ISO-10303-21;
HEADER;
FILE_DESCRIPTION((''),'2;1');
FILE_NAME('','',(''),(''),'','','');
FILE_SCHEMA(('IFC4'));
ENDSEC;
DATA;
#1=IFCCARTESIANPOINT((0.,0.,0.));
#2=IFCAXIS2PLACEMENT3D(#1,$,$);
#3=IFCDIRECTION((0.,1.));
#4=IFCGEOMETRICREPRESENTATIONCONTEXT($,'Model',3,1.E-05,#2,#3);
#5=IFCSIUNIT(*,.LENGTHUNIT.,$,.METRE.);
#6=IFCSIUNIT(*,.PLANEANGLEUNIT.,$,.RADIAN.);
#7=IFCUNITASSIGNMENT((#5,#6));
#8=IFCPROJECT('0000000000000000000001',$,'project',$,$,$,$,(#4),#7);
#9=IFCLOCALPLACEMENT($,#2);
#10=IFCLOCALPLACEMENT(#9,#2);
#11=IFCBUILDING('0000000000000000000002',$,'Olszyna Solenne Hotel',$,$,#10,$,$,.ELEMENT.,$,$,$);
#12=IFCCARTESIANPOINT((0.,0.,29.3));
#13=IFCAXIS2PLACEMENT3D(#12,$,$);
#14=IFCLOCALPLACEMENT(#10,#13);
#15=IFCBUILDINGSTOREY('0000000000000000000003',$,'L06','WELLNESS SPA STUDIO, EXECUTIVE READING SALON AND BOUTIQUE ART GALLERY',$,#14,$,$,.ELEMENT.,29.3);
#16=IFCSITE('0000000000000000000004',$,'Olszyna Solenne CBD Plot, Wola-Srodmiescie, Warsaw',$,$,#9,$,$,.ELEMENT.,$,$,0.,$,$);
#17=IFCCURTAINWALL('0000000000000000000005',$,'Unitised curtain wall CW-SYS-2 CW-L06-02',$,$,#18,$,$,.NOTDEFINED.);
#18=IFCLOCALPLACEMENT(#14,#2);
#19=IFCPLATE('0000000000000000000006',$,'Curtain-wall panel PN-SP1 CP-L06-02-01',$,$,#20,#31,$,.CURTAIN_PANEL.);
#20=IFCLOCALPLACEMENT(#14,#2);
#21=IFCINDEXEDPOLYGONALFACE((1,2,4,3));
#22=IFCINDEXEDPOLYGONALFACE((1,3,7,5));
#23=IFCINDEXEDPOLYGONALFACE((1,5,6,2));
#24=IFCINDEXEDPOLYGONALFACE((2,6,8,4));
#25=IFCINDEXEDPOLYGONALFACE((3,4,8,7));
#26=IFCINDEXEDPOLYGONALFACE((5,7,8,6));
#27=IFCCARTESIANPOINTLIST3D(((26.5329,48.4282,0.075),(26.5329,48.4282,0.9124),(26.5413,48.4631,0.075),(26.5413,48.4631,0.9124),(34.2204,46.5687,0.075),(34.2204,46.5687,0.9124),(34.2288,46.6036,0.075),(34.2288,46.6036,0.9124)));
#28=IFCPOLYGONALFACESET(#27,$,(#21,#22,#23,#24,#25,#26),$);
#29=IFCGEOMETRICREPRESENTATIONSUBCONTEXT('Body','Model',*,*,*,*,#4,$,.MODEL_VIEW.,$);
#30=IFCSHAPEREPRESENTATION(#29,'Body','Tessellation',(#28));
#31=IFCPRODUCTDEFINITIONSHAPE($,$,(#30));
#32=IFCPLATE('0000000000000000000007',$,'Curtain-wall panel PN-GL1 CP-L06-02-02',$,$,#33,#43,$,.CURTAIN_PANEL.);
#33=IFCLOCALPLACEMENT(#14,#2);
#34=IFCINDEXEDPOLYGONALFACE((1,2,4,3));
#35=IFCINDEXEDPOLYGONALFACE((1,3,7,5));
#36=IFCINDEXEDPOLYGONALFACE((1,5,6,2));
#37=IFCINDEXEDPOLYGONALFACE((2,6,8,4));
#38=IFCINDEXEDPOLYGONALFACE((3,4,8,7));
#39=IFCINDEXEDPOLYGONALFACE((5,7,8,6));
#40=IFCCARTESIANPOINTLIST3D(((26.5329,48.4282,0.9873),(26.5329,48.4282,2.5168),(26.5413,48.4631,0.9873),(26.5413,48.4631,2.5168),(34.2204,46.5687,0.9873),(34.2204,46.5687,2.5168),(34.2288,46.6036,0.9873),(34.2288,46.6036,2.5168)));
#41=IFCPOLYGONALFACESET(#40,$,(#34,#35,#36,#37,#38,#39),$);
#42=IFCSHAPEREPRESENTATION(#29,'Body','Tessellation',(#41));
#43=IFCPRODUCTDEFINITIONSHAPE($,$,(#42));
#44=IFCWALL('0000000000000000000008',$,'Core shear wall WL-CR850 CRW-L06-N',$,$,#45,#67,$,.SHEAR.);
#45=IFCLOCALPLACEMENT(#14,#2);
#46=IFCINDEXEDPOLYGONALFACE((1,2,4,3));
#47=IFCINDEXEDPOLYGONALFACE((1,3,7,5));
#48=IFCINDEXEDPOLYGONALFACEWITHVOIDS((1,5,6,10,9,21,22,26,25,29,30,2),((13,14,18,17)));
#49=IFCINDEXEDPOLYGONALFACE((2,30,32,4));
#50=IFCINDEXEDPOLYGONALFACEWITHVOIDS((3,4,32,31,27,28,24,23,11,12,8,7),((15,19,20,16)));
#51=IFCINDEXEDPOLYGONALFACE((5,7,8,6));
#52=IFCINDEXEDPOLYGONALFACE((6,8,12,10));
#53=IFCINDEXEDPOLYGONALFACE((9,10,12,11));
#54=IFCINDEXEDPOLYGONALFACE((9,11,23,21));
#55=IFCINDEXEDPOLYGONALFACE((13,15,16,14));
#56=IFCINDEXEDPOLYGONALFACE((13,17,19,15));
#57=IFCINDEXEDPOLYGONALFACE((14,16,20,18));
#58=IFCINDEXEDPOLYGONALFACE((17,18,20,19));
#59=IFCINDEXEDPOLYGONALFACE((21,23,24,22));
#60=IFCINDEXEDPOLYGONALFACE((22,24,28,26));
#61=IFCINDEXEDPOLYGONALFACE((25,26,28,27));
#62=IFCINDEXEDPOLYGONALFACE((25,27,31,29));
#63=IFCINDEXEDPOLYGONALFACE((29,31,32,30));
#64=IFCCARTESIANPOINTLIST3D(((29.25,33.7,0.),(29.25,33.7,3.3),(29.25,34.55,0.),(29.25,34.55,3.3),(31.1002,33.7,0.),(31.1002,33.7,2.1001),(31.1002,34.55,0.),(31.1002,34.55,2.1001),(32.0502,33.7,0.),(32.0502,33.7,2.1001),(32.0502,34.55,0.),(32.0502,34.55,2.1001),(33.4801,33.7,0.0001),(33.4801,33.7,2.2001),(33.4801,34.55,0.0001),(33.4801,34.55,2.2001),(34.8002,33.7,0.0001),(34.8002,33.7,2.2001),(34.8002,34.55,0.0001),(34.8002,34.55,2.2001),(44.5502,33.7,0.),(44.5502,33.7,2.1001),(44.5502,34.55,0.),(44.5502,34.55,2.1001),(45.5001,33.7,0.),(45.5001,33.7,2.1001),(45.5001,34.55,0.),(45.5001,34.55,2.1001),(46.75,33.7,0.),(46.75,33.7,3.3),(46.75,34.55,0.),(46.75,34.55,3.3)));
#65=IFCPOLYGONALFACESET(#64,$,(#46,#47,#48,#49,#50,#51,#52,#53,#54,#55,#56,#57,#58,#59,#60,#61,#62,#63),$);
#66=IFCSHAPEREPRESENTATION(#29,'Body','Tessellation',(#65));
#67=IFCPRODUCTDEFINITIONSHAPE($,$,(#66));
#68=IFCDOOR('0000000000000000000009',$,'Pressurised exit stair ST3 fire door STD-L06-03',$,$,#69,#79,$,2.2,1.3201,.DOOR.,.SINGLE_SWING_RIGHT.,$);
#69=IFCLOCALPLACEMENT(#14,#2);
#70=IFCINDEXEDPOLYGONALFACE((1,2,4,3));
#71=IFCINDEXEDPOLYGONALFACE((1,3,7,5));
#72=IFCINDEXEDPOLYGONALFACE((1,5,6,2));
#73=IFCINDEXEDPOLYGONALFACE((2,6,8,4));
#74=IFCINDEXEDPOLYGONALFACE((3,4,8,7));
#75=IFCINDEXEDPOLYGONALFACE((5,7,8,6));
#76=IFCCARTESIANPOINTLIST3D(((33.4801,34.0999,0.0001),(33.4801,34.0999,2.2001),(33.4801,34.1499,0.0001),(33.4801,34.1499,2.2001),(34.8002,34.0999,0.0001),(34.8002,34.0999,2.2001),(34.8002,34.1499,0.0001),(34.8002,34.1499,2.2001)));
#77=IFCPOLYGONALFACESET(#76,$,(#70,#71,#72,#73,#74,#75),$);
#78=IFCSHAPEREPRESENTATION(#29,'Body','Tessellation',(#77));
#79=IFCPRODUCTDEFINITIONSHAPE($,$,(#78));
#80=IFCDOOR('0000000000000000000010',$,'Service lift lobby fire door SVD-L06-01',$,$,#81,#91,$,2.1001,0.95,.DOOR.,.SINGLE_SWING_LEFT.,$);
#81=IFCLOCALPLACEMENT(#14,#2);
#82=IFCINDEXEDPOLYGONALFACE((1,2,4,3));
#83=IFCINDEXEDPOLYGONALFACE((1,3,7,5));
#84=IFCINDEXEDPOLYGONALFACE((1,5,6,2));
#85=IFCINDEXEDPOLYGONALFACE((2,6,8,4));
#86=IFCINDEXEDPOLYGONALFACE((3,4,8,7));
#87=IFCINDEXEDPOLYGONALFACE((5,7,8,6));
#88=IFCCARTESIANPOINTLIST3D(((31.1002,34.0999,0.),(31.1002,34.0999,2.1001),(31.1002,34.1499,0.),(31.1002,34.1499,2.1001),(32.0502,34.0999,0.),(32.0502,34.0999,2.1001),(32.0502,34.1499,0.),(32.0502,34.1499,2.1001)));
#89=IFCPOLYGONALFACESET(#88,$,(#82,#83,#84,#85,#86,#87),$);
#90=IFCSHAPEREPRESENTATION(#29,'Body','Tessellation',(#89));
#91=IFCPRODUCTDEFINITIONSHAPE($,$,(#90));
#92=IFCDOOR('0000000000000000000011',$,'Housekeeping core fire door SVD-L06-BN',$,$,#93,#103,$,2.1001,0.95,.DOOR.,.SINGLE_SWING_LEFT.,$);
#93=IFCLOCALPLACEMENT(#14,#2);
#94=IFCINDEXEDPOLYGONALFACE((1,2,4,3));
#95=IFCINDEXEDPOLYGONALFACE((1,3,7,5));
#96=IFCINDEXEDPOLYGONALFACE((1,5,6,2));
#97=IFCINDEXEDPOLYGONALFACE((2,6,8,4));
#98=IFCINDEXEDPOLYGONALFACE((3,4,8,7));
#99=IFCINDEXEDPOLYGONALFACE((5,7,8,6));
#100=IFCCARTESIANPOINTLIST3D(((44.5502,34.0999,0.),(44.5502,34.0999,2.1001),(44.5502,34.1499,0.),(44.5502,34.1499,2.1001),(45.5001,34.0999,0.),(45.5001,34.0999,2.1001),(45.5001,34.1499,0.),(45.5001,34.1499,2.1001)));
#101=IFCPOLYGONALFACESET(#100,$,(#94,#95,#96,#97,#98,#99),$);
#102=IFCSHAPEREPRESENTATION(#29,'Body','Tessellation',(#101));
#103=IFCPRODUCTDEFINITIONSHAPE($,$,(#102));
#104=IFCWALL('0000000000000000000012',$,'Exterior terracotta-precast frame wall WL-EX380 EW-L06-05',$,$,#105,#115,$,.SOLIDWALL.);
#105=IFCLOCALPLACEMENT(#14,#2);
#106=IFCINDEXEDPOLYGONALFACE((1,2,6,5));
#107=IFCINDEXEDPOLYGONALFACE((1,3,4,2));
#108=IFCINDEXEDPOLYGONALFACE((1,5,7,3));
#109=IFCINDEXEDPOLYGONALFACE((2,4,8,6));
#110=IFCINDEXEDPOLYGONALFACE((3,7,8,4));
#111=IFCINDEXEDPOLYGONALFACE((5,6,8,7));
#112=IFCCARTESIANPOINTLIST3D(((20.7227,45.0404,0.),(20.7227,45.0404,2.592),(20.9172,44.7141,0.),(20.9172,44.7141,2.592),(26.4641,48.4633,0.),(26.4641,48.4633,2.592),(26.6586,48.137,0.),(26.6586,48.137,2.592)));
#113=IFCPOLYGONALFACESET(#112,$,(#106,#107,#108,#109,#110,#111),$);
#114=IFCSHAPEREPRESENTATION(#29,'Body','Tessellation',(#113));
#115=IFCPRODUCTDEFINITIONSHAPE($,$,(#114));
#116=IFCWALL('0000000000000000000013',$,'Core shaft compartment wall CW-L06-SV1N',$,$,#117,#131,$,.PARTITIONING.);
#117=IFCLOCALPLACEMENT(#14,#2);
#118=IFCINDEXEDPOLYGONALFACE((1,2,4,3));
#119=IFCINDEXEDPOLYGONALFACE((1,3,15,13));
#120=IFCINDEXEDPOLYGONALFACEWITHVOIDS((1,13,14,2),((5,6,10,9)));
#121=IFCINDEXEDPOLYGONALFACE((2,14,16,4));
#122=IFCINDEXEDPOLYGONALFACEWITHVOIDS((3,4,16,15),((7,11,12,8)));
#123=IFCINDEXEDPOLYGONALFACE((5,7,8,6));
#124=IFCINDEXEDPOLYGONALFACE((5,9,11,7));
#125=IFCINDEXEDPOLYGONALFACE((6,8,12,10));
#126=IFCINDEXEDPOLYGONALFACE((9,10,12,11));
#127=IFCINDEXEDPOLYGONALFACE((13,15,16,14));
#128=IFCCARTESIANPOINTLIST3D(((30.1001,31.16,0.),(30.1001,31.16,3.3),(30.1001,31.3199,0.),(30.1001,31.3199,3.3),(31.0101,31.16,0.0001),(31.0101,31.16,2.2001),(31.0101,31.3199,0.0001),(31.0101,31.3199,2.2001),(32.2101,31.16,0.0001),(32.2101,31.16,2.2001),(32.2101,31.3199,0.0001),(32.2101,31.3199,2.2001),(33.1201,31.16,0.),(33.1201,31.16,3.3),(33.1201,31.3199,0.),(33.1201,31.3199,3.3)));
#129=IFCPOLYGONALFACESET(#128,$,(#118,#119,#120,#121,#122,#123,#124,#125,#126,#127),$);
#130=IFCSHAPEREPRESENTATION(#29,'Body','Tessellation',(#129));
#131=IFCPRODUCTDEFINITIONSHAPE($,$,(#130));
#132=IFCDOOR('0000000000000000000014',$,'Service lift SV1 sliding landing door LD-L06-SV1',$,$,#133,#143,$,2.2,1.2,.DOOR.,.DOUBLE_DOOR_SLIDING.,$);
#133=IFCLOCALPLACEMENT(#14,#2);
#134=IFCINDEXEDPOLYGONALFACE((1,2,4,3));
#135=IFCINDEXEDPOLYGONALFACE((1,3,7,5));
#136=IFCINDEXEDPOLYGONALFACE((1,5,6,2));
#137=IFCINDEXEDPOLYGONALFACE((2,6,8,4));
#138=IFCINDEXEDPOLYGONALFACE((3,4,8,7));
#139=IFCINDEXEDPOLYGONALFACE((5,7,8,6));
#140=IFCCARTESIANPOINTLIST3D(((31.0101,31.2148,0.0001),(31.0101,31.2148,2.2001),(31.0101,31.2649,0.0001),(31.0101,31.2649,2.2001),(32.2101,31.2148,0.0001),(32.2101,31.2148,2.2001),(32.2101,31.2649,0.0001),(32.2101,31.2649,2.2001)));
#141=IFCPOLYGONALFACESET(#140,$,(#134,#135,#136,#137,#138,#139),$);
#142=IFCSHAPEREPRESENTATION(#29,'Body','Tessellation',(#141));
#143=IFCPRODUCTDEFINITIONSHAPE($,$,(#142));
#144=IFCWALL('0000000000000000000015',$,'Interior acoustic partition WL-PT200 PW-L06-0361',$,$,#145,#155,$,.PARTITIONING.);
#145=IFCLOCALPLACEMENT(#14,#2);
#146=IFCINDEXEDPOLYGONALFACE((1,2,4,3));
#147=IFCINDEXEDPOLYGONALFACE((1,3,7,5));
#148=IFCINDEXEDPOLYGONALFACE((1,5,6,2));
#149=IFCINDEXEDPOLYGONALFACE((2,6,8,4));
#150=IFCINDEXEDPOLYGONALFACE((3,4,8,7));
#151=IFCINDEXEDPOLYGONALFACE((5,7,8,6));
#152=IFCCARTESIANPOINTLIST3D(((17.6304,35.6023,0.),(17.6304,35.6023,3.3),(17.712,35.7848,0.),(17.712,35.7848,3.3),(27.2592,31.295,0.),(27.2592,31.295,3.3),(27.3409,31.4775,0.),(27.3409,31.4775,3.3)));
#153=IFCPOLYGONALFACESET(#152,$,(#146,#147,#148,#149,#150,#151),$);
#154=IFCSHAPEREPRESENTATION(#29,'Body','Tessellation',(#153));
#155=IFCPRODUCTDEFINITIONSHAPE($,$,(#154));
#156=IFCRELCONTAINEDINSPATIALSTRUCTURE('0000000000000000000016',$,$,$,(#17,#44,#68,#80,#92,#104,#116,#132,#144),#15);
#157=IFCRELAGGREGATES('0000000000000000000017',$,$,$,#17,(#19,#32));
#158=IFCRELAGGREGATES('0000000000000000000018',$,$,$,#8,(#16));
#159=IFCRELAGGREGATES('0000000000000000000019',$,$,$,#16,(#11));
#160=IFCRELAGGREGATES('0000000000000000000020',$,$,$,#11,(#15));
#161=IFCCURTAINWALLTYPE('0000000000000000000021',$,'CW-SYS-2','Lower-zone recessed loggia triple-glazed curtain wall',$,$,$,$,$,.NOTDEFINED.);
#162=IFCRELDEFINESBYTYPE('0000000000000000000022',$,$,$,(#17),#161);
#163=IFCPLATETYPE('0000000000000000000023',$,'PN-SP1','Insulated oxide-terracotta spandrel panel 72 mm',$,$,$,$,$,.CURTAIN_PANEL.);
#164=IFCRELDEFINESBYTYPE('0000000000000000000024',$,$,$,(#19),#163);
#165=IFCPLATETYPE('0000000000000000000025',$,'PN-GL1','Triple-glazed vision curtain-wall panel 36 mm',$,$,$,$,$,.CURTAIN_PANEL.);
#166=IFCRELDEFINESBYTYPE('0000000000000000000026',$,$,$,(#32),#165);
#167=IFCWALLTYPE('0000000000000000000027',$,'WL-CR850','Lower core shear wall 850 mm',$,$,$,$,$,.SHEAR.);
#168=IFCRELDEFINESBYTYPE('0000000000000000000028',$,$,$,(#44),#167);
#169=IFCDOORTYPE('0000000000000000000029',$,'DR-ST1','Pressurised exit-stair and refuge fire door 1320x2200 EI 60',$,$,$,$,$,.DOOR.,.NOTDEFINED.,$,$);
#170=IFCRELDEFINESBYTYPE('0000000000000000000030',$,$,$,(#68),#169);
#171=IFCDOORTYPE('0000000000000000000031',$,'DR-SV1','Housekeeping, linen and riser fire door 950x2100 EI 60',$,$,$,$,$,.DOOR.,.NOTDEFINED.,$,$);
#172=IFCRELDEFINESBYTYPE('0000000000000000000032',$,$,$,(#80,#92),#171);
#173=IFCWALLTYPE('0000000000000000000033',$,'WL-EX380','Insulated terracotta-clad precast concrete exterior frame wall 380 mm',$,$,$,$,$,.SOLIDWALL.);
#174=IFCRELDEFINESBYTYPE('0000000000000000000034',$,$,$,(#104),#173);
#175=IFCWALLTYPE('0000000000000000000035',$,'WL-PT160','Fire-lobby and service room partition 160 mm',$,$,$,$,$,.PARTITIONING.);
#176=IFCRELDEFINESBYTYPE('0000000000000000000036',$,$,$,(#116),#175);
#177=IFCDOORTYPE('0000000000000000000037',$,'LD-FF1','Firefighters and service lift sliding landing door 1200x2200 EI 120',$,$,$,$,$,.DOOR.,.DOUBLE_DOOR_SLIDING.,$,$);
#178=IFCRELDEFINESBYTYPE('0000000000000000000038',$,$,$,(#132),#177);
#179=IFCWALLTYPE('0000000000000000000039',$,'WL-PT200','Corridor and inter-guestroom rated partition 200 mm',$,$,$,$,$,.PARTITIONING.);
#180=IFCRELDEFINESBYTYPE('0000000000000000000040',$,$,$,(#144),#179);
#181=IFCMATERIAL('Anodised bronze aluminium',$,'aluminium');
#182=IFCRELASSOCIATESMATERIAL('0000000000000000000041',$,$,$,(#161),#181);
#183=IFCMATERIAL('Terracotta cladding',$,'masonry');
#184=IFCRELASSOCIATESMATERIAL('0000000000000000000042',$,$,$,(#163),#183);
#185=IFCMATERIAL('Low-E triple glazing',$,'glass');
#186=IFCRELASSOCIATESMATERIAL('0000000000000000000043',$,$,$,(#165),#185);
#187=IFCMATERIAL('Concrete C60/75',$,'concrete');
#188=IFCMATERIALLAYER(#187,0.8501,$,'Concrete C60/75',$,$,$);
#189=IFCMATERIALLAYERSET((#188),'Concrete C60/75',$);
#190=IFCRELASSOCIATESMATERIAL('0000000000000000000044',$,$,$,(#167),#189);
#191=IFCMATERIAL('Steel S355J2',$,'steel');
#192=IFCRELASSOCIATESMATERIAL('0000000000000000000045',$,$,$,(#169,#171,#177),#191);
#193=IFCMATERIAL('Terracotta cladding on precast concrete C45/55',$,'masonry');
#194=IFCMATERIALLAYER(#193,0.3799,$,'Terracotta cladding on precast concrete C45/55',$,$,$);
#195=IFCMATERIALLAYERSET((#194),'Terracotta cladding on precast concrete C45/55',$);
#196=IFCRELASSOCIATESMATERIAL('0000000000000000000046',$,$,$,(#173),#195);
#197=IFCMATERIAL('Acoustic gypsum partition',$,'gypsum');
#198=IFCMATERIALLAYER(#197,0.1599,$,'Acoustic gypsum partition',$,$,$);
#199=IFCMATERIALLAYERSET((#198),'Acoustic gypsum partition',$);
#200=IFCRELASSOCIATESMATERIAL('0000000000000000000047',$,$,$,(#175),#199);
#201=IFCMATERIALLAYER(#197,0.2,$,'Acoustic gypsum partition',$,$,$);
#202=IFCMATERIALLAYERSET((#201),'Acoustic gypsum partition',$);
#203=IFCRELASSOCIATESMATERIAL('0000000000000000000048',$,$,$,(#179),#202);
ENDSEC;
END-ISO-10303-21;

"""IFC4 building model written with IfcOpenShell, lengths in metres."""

from ifc_helpers import new_model, si_unit, direction, frame, frame_2d, origin, origin_2d, place, context, subcontext, project, spatial, rectangle, extrude, source, transform, mapped, material, layer, layer_set, type_object, type_shapes, element, fill, aggregate, save


model = new_model("IFC4")

# Units and contexts
model_context = context("Model", 3, precision=1e-05, world=origin(), true_north=direction((0.0, 1.0)))
body_context = subcontext(model_context, "Body", "Model", "MODEL_VIEW")
ifc_project = project(units=[si_unit("LENGTHUNIT", "METRE"), si_unit("PLANEANGLEUNIT", "RADIAN")], contexts=[model_context])

# Site, building, storey
site_placement = place(None, origin())
site = spatial("IfcSite", under=ifc_project, at=site_placement, Name="Olszyna Solenne CBD Plot, Wola-Srodmiescie, Warsaw", CompositionType="ELEMENT", RefElevation=0.0)
building_placement = place(site_placement, origin())
building = spatial("IfcBuilding", under=site, at=building_placement, Name="Olszyna Solenne Hotel", CompositionType="ELEMENT")
storey_placement = place(building_placement, frame((0.0, 0.0, 29.3)))
storey = spatial("IfcBuildingStorey", under=building, at=storey_placement, Name="L06", Description="WELLNESS SPA STUDIO, EXECUTIVE READING SALON AND BOUTIQUE ART GALLERY", CompositionType="ELEMENT", Elevation=29.3)

# Shared definitions
ifc_material_1 = material(Name="Steel S355J2", Category="steel")

# Curtain wall
ifc_material_2 = material(Name="Anodised bronze aluminium", Category="aluminium")
curtain_wall_type = type_object("IfcCurtainWallType", Name="CW-SYS-2", Description="Lower-zone recessed loggia triple-glazed curtain wall", PredefinedType="NOTDEFINED", material=ifc_material_2)
curtain_wall_placement = place(storey_placement, origin())
curtain_wall = element("IfcCurtainWall", 1, at=curtain_wall_placement, inside=storey, type_object=curtain_wall_type, Name="Unitised curtain wall CW-SYS-2 CW-L06-02", PredefinedType="NOTDEFINED")

# Plates
ifc_material_3 = material(Name="Terracotta cladding", Category="masonry")
plate_type_1 = type_object("IfcPlateType", Name="PN-SP1", Description="Insulated oxide-terracotta spandrel panel 72 mm", PredefinedType="CURTAIN_PANEL", material=ifc_material_3)
shared_shape_1 = source(origin(), body_context, "Body", "SweptSolid", [
    extrude(rectangle(XDim=7.9092, YDim=0.0359, at=origin_2d()), origin(), (0.0, 0.0, 1.0), 0.8374),
])
plate_1_placement = place(storey_placement, frame((30.3809, 47.5159, 0.075), z_axis=(0.0, 0.0, 1.0), x_axis=(0.971969, -0.235108, 0.0)))
plate_1 = element("IfcPlate", 2, at=plate_1_placement, type_object=plate_type_1, Name="Curtain-wall panel PN-SP1 CP-L06-02-01", PredefinedType="CURTAIN_PANEL", context=body_context, shape_type="MappedRepresentation", body=[
    mapped(shared_shape_1, transform((0.0, 0.0, 0.0), x_axis=(1.0, 0.0, 0.0), y_axis=(0.0, 1.0, 0.0), z_axis=(0.0, 0.0, 1.0), scale=1.0)),
])
ifc_material_4 = material(Name="Low-E triple glazing", Category="glass")
plate_type_2 = type_object("IfcPlateType", Name="PN-GL1", Description="Triple-glazed vision curtain-wall panel 36 mm", PredefinedType="CURTAIN_PANEL", material=ifc_material_4)
shared_shape_2 = source(origin(), body_context, "Body", "SweptSolid", [
    extrude(rectangle(XDim=7.9092, YDim=0.0359, at=origin_2d()), origin(), (0.0, 0.0, 1.0), 1.5295),
])
plate_2_placement = place(storey_placement, frame((30.3809, 47.5159, 0.9873), z_axis=(0.0, 0.0, 1.0), x_axis=(0.971969, -0.235108, 0.0)))
plate_2 = element("IfcPlate", 3, at=plate_2_placement, type_object=plate_type_2, Name="Curtain-wall panel PN-GL1 CP-L06-02-02", PredefinedType="CURTAIN_PANEL", context=body_context, shape_type="MappedRepresentation", body=[
    mapped(shared_shape_2, transform((0.0, 0.0, 0.0), x_axis=(1.0, 0.0, 0.0), y_axis=(0.0, 1.0, 0.0), z_axis=(0.0, 0.0, 1.0), scale=1.0)),
])
aggregate(curtain_wall, [plate_1, plate_2])

# Wall, openings, doors
ifc_material_5 = material(Name="Concrete C60/75", Category="concrete")
ifc_layer_1 = layer(ifc_material_5, 0.8501, Name="Concrete C60/75")
ifc_layer_set_1 = layer_set([ifc_layer_1], Name="Concrete C60/75")
wall_type_1 = type_object("IfcWallType", Name="WL-CR850", Description="Lower core shear wall 850 mm", PredefinedType="SHEAR", material=ifc_layer_set_1)
wall_1_placement = place(storey_placement, frame((29.25, 34.125, 0.0), z_axis=(0.0, 0.0, 1.0), x_axis=(1.0, 0.0, 0.0)))
wall_1 = element("IfcWall", 4, at=wall_1_placement, inside=storey, type_object=wall_type_1, Name="Core shear wall WL-CR850 CRW-L06-N", PredefinedType="SHEAR", context=body_context, shape_type="SweptSolid", body=[
    extrude(rectangle(XDim=17.5, YDim=0.8501, at=frame_2d((8.75, 0.0))), origin(), (0.0, 0.0, 1.0), 3.3),
])
opening_1_placement = place(wall_1_placement, frame((1.8501, 0.0, 0.0)))
opening_1 = element("IfcOpeningElement", 5, at=opening_1_placement, cuts=wall_1, PredefinedType="OPENING", context=body_context, shape_type="SweptSolid", body=[
    extrude(rectangle(XDim=0.95, YDim=2.1001, at=frame_2d((0.4751, 1.05))), frame((0.0, 0.4351, 0.0), z_axis=(0.0, -1.0, 0.0), x_axis=(1.0, 0.0, 0.0)), (0.0, 0.0, 1.0), 0.8701),
])
opening_2_placement = place(wall_1_placement, frame((4.23, 0.0, 0.0)))
opening_2 = element("IfcOpeningElement", 6, at=opening_2_placement, cuts=wall_1, PredefinedType="OPENING", context=body_context, shape_type="SweptSolid", body=[
    extrude(rectangle(XDim=1.3201, YDim=2.2, at=frame_2d((0.6602, 1.1001))), frame((0.0, 0.4351, 0.0), z_axis=(0.0, -1.0, 0.0), x_axis=(1.0, 0.0, 0.0)), (0.0, 0.0, 1.0), 0.8701),
])
opening_3_placement = place(wall_1_placement, frame((15.3, 0.0, 0.0)))
opening_3 = element("IfcOpeningElement", 7, at=opening_3_placement, cuts=wall_1, PredefinedType="OPENING", context=body_context, shape_type="SweptSolid", body=[
    extrude(rectangle(XDim=0.95, YDim=2.1001, at=frame_2d((0.4751, 1.05))), frame((0.0, 0.4351, 0.0), z_axis=(0.0, -1.0, 0.0), x_axis=(1.0, 0.0, 0.0)), (0.0, 0.0, 1.0), 0.8701),
])
door_type_1 = type_object("IfcDoorType", Name="DR-ST1", Description="Pressurised exit-stair and refuge fire door 1320x2200 EI 60", OperationType="NOTDEFINED", PredefinedType="DOOR", material=ifc_material_1)
shared_shape_3 = source(origin(), body_context, "Body", "SweptSolid", [
    extrude(rectangle(XDim=1.3201, YDim=2.2, at=frame_2d((0.6602, 1.1001))), frame((0.0, 0.0249, 0.0), z_axis=(0.0, -1.0, 0.0), x_axis=(1.0, 0.0, 0.0)), (0.0, 0.0, 1.0), 0.05),
])
type_shapes(door_type_1, [shared_shape_3])
door_1_placement = place(opening_2_placement, origin())
door_1 = element("IfcDoor", 8, at=door_1_placement, inside=storey, type_object=door_type_1, Name="Pressurised exit stair ST3 fire door STD-L06-03", OperationType="SINGLE_SWING_RIGHT", OverallHeight=2.2, OverallWidth=1.3201, PredefinedType="DOOR", context=body_context, shape_type="MappedRepresentation", body=[
    mapped(shared_shape_3, transform((0.0, 0.0, 0.0), x_axis=(1.0, 0.0, 0.0), y_axis=(0.0, 1.0, 0.0), z_axis=(0.0, 0.0, 1.0), scale=1.0)),
])
fill(opening_2, door_1)
door_type_2 = type_object("IfcDoorType", Name="DR-SV1", Description="Housekeeping, linen and riser fire door 950x2100 EI 60", OperationType="NOTDEFINED", PredefinedType="DOOR", material=ifc_material_1)
shared_shape_4 = source(origin(), body_context, "Body", "SweptSolid", [
    extrude(rectangle(XDim=0.95, YDim=2.1001, at=frame_2d((0.4751, 1.05))), frame((0.0, 0.0249, 0.0), z_axis=(0.0, -1.0, 0.0), x_axis=(1.0, 0.0, 0.0)), (0.0, 0.0, 1.0), 0.05),
])
type_shapes(door_type_2, [shared_shape_4])
door_2_placement = place(opening_1_placement, origin())
door_2 = element("IfcDoor", 9, at=door_2_placement, inside=storey, type_object=door_type_2, Name="Service lift lobby fire door SVD-L06-01", OperationType="SINGLE_SWING_LEFT", OverallHeight=2.1001, OverallWidth=0.95, PredefinedType="DOOR", context=body_context, shape_type="MappedRepresentation", body=[
    mapped(shared_shape_4, transform((0.0, 0.0, 0.0), x_axis=(1.0, 0.0, 0.0), y_axis=(0.0, 1.0, 0.0), z_axis=(0.0, 0.0, 1.0), scale=1.0)),
])
fill(opening_1, door_2)
door_3_placement = place(opening_3_placement, origin())
door_3 = element("IfcDoor", 10, at=door_3_placement, inside=storey, type_object=door_type_2, Name="Housekeeping core fire door SVD-L06-BN", OperationType="SINGLE_SWING_LEFT", OverallHeight=2.1001, OverallWidth=0.95, PredefinedType="DOOR", context=body_context, shape_type="MappedRepresentation", body=[
    mapped(shared_shape_4, transform((0.0, 0.0, 0.0), x_axis=(1.0, 0.0, 0.0), y_axis=(0.0, 1.0, 0.0), z_axis=(0.0, 0.0, 1.0), scale=1.0)),
])
fill(opening_3, door_3)

# Wall
ifc_material_6 = material(Name="Terracotta cladding on precast concrete C45/55", Category="masonry")
ifc_layer_2 = layer(ifc_material_6, 0.3799, Name="Terracotta cladding on precast concrete C45/55")
ifc_layer_set_2 = layer_set([ifc_layer_2], Name="Terracotta cladding on precast concrete C45/55")
wall_type_2 = type_object("IfcWallType", Name="WL-EX380", Description="Insulated terracotta-clad precast concrete exterior frame wall 380 mm", PredefinedType="SOLIDWALL", material=ifc_layer_set_2)
wall_2_placement = place(storey_placement, frame((20.8198, 44.8772, 0.0), z_axis=(0.0, 0.0, 1.0), x_axis=(0.858943, 0.512071, 0.0)))
element("IfcWall", 11, at=wall_2_placement, inside=storey, type_object=wall_type_2, Name="Exterior terracotta-precast frame wall WL-EX380 EW-L06-05", PredefinedType="SOLIDWALL", context=body_context, shape_type="SweptSolid", body=[
    extrude(rectangle(XDim=6.6843, YDim=0.3799, at=frame_2d((3.3423, 0.0))), origin(), (0.0, 0.0, 1.0), 2.592),
])

# Wall, opening, door
ifc_material_7 = material(Name="Acoustic gypsum partition", Category="gypsum")
ifc_layer_3 = layer(ifc_material_7, 0.1599, Name="Acoustic gypsum partition")
ifc_layer_set_3 = layer_set([ifc_layer_3], Name="Acoustic gypsum partition")
wall_type_3 = type_object("IfcWallType", Name="WL-PT160", Description="Fire-lobby and service room partition 160 mm", PredefinedType="PARTITIONING", material=ifc_layer_set_3)
wall_3_placement = place(storey_placement, frame((30.1001, 31.24, 0.0), z_axis=(0.0, 0.0, 1.0), x_axis=(1.0, 0.0, 0.0)))
wall_3 = element("IfcWall", 12, at=wall_3_placement, inside=storey, type_object=wall_type_3, Name="Core shaft compartment wall CW-L06-SV1N", PredefinedType="PARTITIONING", context=body_context, shape_type="SweptSolid", body=[
    extrude(rectangle(XDim=3.02, YDim=0.1599, at=frame_2d((1.51, 0.0))), origin(), (0.0, 0.0, 1.0), 3.3),
])
opening_4_placement = place(wall_3_placement, frame((0.9099, 0.0, 0.0)))
opening_4 = element("IfcOpeningElement", 13, at=opening_4_placement, cuts=wall_3, PredefinedType="OPENING", context=body_context, shape_type="SweptSolid", body=[
    extrude(rectangle(XDim=1.2, YDim=2.2, at=frame_2d((0.6001, 1.1001))), frame((0.0, 0.0898, 0.0), z_axis=(0.0, -1.0, 0.0), x_axis=(1.0, 0.0, 0.0)), (0.0, 0.0, 1.0), 0.1799),
])
door_type_3 = type_object("IfcDoorType", Name="LD-FF1", Description="Firefighters and service lift sliding landing door 1200x2200 EI 120", OperationType="DOUBLE_DOOR_SLIDING", PredefinedType="DOOR", material=ifc_material_1)
shared_shape_5 = source(origin(), body_context, "Body", "SweptSolid", [
    extrude(rectangle(XDim=1.2, YDim=2.2, at=frame_2d((0.6001, 1.1001))), frame((0.0, 0.0249, 0.0), z_axis=(0.0, -1.0, 0.0), x_axis=(1.0, 0.0, 0.0)), (0.0, 0.0, 1.0), 0.05),
])
type_shapes(door_type_3, [shared_shape_5])
door_4_placement = place(opening_4_placement, origin())
door_4 = element("IfcDoor", 14, at=door_4_placement, inside=storey, type_object=door_type_3, Name="Service lift SV1 sliding landing door LD-L06-SV1", OperationType="DOUBLE_DOOR_SLIDING", OverallHeight=2.2, OverallWidth=1.2, PredefinedType="DOOR", context=body_context, shape_type="MappedRepresentation", body=[
    mapped(shared_shape_5, transform((0.0, 0.0, 0.0), x_axis=(1.0, 0.0, 0.0), y_axis=(0.0, 1.0, 0.0), z_axis=(0.0, 0.0, 1.0), scale=1.0)),
])
fill(opening_4, door_4)

# Wall
ifc_layer_4 = layer(ifc_material_7, 0.2, Name="Acoustic gypsum partition")
ifc_layer_set_4 = layer_set([ifc_layer_4], Name="Acoustic gypsum partition")
wall_type_4 = type_object("IfcWallType", Name="WL-PT200", Description="Corridor and inter-guestroom rated partition 200 mm", PredefinedType="PARTITIONING", material=ifc_layer_set_4)
wall_4_placement = place(storey_placement, frame((27.3, 31.3862, 0.0), z_axis=(0.0, 0.0, 1.0), x_axis=(-0.912829, 0.408343, 0.0)))
element("IfcWall", 15, at=wall_4_placement, inside=storey, type_object=wall_type_4, Name="Interior acoustic partition WL-PT200 PW-L06-0361", PredefinedType="PARTITIONING", context=body_context, shape_type="SweptSolid", body=[
    extrude(rectangle(XDim=10.5483, YDim=0.2, at=frame_2d((5.2742, 0.0))), origin(), (0.0, 0.0, 1.0), 3.3),
])

save(model, "model.ifc")
